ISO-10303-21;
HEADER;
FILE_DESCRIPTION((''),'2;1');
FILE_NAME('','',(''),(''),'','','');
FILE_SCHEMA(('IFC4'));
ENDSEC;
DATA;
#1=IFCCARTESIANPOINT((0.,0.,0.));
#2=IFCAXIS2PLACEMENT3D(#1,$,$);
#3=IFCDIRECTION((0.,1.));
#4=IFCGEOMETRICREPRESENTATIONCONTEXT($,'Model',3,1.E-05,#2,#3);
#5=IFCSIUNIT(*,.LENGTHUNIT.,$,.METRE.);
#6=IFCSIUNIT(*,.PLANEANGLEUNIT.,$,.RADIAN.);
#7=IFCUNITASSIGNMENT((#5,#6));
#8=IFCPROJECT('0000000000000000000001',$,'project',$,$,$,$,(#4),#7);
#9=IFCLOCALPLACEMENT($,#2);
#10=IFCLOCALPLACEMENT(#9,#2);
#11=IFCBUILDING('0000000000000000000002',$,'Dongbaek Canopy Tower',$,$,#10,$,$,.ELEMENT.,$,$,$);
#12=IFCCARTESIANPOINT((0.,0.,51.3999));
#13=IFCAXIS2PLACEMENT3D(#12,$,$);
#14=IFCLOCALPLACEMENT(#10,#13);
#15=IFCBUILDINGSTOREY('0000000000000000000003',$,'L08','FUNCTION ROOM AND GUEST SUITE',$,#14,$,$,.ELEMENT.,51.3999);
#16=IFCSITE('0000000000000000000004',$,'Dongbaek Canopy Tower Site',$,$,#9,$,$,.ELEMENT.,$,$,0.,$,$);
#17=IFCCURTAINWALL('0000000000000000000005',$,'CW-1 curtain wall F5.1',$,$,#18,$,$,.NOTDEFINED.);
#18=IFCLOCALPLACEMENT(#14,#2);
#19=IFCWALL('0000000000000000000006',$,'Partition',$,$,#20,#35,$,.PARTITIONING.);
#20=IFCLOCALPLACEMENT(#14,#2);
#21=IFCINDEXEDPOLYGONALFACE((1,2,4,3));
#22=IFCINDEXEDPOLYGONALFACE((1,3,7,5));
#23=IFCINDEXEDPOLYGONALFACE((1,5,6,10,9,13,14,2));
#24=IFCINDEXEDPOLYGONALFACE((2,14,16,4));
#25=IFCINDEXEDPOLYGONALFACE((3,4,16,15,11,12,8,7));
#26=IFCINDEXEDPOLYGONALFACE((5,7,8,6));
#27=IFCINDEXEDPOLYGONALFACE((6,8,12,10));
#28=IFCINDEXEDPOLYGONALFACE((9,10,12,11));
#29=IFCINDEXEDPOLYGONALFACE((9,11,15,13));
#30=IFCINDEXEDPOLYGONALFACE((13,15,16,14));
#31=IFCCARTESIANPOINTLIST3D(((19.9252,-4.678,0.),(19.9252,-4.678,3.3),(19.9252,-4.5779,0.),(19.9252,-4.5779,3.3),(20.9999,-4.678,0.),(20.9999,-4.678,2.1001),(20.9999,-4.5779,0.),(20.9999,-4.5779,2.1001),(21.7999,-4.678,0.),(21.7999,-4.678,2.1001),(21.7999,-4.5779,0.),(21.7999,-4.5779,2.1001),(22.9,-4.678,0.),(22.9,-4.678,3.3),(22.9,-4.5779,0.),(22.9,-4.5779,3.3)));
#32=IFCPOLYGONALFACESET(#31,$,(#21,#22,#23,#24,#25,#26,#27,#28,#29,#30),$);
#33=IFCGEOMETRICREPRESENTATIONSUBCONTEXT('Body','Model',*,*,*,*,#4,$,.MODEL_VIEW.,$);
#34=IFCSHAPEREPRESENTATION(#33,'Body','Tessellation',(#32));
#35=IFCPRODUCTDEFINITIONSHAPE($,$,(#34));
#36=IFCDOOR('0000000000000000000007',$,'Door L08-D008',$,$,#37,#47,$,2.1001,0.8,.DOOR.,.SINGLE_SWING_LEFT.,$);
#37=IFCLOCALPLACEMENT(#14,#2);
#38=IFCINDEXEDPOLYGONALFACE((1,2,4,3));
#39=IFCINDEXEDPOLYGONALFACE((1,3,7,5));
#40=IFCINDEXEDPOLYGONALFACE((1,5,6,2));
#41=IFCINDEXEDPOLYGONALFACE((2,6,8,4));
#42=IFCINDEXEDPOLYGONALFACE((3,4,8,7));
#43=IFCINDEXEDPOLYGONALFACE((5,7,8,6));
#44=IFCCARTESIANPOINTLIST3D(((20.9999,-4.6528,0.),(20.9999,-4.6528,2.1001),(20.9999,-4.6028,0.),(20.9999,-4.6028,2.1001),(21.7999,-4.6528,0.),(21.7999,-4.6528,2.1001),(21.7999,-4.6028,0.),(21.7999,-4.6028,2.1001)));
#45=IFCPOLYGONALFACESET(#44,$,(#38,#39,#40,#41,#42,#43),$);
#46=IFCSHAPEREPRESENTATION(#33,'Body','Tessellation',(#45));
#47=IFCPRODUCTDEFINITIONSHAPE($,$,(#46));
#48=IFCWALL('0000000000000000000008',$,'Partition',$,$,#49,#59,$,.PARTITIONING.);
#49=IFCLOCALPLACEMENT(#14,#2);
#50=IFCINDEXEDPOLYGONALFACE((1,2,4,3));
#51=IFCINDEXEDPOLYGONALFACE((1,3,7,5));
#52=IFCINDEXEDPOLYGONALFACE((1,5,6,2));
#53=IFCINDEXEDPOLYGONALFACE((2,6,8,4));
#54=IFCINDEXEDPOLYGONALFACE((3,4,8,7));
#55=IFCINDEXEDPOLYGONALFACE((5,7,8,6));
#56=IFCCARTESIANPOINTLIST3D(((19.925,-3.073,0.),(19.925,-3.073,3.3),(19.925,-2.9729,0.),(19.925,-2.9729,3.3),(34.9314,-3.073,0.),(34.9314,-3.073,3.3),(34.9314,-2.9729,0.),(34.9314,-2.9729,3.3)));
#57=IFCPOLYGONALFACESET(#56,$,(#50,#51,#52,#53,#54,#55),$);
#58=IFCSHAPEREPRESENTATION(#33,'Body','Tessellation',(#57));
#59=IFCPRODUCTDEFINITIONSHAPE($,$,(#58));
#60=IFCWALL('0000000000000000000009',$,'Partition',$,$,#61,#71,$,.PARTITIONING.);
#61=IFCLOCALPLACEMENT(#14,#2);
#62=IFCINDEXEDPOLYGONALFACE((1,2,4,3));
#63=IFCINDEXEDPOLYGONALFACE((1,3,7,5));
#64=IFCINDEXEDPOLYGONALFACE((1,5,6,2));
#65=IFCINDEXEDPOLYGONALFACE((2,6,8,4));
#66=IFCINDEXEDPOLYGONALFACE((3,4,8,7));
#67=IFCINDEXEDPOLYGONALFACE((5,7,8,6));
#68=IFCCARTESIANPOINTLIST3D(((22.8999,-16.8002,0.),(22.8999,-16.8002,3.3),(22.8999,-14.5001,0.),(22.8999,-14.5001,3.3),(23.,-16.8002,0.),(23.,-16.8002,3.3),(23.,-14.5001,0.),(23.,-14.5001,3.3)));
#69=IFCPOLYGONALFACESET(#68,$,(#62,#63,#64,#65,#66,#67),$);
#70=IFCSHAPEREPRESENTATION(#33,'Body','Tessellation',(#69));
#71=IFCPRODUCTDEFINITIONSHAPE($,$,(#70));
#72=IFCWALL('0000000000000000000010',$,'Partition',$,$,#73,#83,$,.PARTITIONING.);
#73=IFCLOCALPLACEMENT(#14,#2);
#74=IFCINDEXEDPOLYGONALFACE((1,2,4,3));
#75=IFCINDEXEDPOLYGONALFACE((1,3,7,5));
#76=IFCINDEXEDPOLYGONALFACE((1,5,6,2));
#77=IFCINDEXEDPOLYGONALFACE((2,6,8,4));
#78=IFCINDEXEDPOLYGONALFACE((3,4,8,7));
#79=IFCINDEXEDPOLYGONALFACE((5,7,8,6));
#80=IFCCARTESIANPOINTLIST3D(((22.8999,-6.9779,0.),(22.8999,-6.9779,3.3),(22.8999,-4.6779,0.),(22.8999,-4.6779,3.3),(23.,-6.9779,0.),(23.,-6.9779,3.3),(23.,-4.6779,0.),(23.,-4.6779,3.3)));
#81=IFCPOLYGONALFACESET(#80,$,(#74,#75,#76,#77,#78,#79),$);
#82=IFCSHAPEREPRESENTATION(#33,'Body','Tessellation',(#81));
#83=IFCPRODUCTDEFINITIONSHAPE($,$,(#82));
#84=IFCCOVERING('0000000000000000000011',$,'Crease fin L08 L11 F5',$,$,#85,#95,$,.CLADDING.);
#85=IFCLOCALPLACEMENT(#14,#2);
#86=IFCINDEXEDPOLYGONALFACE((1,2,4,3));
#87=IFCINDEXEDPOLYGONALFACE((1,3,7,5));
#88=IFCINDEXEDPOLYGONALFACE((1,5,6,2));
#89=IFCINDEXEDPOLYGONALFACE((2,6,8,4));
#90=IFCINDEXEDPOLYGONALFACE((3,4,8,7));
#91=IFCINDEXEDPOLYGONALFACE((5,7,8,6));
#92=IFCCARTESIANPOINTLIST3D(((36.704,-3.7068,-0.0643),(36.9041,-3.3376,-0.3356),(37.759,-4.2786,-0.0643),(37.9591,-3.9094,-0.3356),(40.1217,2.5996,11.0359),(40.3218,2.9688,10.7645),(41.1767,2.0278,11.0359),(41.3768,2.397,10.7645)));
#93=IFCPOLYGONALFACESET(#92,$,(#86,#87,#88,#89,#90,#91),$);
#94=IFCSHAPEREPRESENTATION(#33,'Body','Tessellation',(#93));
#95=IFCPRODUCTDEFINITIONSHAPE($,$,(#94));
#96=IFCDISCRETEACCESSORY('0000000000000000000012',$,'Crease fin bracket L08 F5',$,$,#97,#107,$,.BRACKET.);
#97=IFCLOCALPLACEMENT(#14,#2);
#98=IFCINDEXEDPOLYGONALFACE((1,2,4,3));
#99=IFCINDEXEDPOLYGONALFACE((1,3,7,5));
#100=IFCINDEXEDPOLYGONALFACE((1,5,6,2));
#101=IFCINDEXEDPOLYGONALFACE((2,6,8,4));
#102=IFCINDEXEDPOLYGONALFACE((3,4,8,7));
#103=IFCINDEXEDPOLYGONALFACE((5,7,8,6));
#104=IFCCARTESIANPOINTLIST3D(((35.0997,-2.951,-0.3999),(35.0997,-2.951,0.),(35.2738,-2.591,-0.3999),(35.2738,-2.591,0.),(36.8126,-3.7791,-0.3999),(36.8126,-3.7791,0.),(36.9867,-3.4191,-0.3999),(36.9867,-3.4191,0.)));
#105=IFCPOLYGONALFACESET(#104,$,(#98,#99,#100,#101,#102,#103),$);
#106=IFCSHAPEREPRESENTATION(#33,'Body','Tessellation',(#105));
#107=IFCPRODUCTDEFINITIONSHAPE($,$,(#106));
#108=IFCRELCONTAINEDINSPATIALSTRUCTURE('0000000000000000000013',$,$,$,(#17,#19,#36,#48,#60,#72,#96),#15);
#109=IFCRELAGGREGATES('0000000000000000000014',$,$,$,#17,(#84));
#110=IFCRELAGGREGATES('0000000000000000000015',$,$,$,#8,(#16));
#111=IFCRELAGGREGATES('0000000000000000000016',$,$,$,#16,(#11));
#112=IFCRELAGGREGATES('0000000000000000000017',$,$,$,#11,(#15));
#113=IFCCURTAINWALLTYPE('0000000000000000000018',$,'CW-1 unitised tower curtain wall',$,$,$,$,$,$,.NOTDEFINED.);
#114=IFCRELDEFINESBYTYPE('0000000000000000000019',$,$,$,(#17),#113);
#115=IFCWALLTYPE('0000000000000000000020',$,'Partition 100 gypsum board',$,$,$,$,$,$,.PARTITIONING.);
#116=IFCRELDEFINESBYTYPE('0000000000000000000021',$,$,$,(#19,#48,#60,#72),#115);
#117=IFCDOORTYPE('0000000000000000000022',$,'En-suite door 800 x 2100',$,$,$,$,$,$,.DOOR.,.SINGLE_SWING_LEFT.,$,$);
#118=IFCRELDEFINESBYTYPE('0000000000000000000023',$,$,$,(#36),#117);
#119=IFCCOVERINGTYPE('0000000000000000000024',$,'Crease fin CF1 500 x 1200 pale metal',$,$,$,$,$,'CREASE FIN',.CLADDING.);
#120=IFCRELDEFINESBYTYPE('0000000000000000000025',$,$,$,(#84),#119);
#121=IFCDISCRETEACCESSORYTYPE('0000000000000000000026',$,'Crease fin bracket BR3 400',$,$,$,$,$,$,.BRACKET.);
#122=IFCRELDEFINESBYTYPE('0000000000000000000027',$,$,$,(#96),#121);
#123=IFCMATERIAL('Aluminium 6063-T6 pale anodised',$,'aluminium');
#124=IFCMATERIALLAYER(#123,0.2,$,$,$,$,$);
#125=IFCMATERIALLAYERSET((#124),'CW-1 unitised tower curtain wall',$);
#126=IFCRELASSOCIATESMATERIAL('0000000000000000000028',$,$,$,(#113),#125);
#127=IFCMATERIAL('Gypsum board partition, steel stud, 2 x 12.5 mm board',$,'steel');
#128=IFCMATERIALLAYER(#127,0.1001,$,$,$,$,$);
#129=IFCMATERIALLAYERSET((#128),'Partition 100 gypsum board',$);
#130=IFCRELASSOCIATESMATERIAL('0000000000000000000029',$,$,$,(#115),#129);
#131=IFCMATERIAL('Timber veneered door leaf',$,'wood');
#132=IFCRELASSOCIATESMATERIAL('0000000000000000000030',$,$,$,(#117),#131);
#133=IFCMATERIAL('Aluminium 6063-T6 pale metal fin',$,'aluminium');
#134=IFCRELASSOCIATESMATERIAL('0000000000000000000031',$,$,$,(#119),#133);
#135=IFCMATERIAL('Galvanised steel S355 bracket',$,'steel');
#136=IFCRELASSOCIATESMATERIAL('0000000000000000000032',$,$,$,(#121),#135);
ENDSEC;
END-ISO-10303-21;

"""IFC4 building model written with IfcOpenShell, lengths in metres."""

from ifc_helpers import new_model, si_unit, direction, frame, frame_2d, origin, origin_2d, place, context, subcontext, project, spatial, rectangle, extrude, material, layer, layer_set, material_profile, profile_set, type_object, element, fill, aggregate, save


model = new_model("IFC4")

# Units and contexts
model_context = context("Model", 3, precision=1e-05, world=origin(), true_north=direction((0.0, 1.0)))
body_context = subcontext(model_context, "Body", "Model", "MODEL_VIEW")
ifc_project = project(units=[si_unit("LENGTHUNIT", "METRE"), si_unit("PLANEANGLEUNIT", "RADIAN")], contexts=[model_context])

# Site, building, storey
site_placement = place(None, origin())
site = spatial("IfcSite", under=ifc_project, at=site_placement, Name="Dongbaek Canopy Tower Site", CompositionType="ELEMENT", RefElevation=0.0)
building_placement = place(site_placement, origin())
building = spatial("IfcBuilding", under=site, at=building_placement, Name="Dongbaek Canopy Tower", CompositionType="ELEMENT")
storey_placement = place(building_placement, frame((0.0, 0.0, 51.3999)))
storey = spatial("IfcBuildingStorey", under=building, at=storey_placement, Name="L08", Description="FUNCTION ROOM AND GUEST SUITE", CompositionType="ELEMENT", Elevation=51.3999)

# Curtain wall
ifc_material_1 = material(Name="Aluminium 6063-T6 pale anodised", Category="aluminium")
ifc_layer_1 = layer(ifc_material_1, 0.2)
ifc_layer_set_1 = layer_set([ifc_layer_1], Name="CW-1 unitised tower curtain wall")
curtain_wall_type = type_object("IfcCurtainWallType", Name="CW-1 unitised tower curtain wall", PredefinedType="NOTDEFINED", material=ifc_layer_set_1)
curtain_wall_placement = place(storey_placement, origin())
curtain_wall = element("IfcCurtainWall", 1, at=curtain_wall_placement, inside=storey, type_object=curtain_wall_type, Name="CW-1 curtain wall F5.1", PredefinedType="NOTDEFINED")

# Shared definitions
ifc_material_2 = material(Name="Gypsum board partition, steel stud, 2 x 12.5 mm board", Category="steel")
ifc_layer_2 = layer(ifc_material_2, 0.1001)
ifc_layer_set_2 = layer_set([ifc_layer_2], Name="Partition 100 gypsum board")
wall_type_1 = type_object("IfcWallType", Name="Partition 100 gypsum board", PredefinedType="PARTITIONING", material=ifc_layer_set_2)
ifc_material_3 = material(Name="Timber veneered door leaf", Category="wood")
door_type_1 = type_object("IfcDoorType", Name="En-suite door 800 x 2100", OperationType="SINGLE_SWING_LEFT", PredefinedType="DOOR", material=ifc_material_3)

# Wall, opening, door
wall_1_placement = place(storey_placement, frame((22.8999, -4.6279, 0.0), z_axis=(0.0, 0.0, 1.0), x_axis=(-1.0, 0.0, 0.0)))
wall_1 = element("IfcWall", 2, at=wall_1_placement, inside=storey, type_object=wall_type_1, Name="Partition", PredefinedType="PARTITIONING", context=body_context, shape_type="SweptSolid", body=[
    extrude(rectangle(XDim=2.9749, YDim=0.1001, at=frame_2d((1.4873, 0.0))), origin(), (0.0, 0.0, 1.0), 3.3),
])
opening_1_placement = place(wall_1_placement, frame((1.1001, 0.0, 0.0)))
opening_1 = element("IfcOpeningElement", 3, at=opening_1_placement, cuts=wall_1, PredefinedType="OPENING", context=body_context, shape_type="SweptSolid", body=[
    extrude(rectangle(XDim=0.8, YDim=2.1001, at=frame_2d((0.3999, 1.05))), frame((0.0, 0.0601, 0.0), z_axis=(0.0, -1.0, 0.0), x_axis=(1.0, 0.0, 0.0)), (0.0, 0.0, 1.0), 0.1201),
])
door_1_placement = place(opening_1_placement, origin())
door_1 = element("IfcDoor", 4, at=door_1_placement, inside=storey, type_object=door_type_1, Name="Door L08-D008", OperationType="SINGLE_SWING_LEFT", OverallHeight=2.1001, OverallWidth=0.8, PredefinedType="DOOR", context=body_context, shape_type="SweptSolid", body=[
    extrude(rectangle(XDim=0.8, YDim=2.1001, at=frame_2d((0.3999, 1.05))), frame((0.0, 0.0249, 0.0), z_axis=(0.0, -1.0, 0.0), x_axis=(1.0, 0.0, 0.0)), (0.0, 0.0, 1.0), 0.05),
])
fill(opening_1, door_1)

# Walls
wall_2_placement = place(storey_placement, frame((19.925, -3.0229, 0.0), z_axis=(0.0, 0.0, 1.0), x_axis=(1.0, 0.0, 0.0)))
element("IfcWall", 5, at=wall_2_placement, inside=storey, type_object=wall_type_1, Name="Partition", PredefinedType="PARTITIONING", context=body_context, shape_type="SweptSolid", body=[
    extrude(rectangle(XDim=15.0063, YDim=0.1001, at=frame_2d((7.5032, 0.0))), origin(), (0.0, 0.0, 1.0), 3.3),
])
for number, where, z_axis, x_axis, name in (
    (6, (22.95, -16.8, 0.0), (0.0, 0.0, 1.0), (0.0, 1.0, 0.0), "Partition"),
    (7, (22.95, -6.9778, 0.0), (0.0, 0.0, 1.0), (0.0, 1.0, 0.0), "Partition"),
):
    element("IfcWall", number, at=place(storey_placement, frame(where, z_axis=z_axis, x_axis=x_axis)), inside=storey, type_object=wall_type_1, Name=name, PredefinedType="PARTITIONING", context=body_context, shape_type="SweptSolid", body=[
        extrude(rectangle(XDim=2.3, YDim=0.1001, at=frame_2d((1.1499, 0.0))), origin(), (0.0, 0.0, 1.0), 3.3),
    ])

# Covering
ifc_material_4 = material(Name="Aluminium 6063-T6 pale metal fin", Category="aluminium")
ifc_material_profile_1 = material_profile(ifc_material_4, rectangle(XDim=1.2, YDim=0.5, at=origin_2d()), Name="Crease fin CF1 500 x 1200 pale metal")
ifc_profile_set_1 = profile_set([ifc_material_profile_1], Name="Aluminium 6063-T6 pale metal fin")
covering_type = type_object("IfcCoveringType", Name="Crease fin CF1 500 x 1200 pale metal", ElementType="CREASE FIN", PredefinedType="CLADDING", material=ifc_profile_set_1)
covering_placement = place(storey_placement, frame((37.3315, -3.8081, -0.2), z_axis=(0.258604, 0.477178, 0.839896), x_axis=(-0.879189, 0.476473, 0.0)))
covering = element("IfcCovering", 8, at=covering_placement, type_object=covering_type, Name="Crease fin L08 L11 F5", PredefinedType="CLADDING", context=body_context, shape_type="SweptSolid", body=[
    extrude(rectangle(XDim=1.2, YDim=0.5, at=origin_2d()), origin(), (0.0, 0.0, 1.0), 13.2161),
])
aggregate(curtain_wall, [covering])

# Discrete accessory
ifc_material_5 = material(Name="Galvanised steel S355 bracket", Category="steel")
discrete_accessory_type = type_object("IfcDiscreteAccessoryType", Name="Crease fin bracket BR3 400", PredefinedType="BRACKET", material=ifc_material_5)
discrete_accessory_placement = place(storey_placement, frame((36.0432, -3.1851, -0.3999), z_axis=(0.0, 0.0, 1.0), x_axis=(0.900312, -0.435245, 0.0)))
element("IfcDiscreteAccessory", 9, at=discrete_accessory_placement, inside=storey, type_object=discrete_accessory_type, Name="Crease fin bracket L08 F5", PredefinedType="BRACKET", context=body_context, shape_type="SweptSolid", body=[
    extrude(rectangle(XDim=1.9026, YDim=0.3999, at=origin_2d()), origin(), (0.0, 0.0, 1.0), 0.3999),
])

save(model, "model.ifc")
